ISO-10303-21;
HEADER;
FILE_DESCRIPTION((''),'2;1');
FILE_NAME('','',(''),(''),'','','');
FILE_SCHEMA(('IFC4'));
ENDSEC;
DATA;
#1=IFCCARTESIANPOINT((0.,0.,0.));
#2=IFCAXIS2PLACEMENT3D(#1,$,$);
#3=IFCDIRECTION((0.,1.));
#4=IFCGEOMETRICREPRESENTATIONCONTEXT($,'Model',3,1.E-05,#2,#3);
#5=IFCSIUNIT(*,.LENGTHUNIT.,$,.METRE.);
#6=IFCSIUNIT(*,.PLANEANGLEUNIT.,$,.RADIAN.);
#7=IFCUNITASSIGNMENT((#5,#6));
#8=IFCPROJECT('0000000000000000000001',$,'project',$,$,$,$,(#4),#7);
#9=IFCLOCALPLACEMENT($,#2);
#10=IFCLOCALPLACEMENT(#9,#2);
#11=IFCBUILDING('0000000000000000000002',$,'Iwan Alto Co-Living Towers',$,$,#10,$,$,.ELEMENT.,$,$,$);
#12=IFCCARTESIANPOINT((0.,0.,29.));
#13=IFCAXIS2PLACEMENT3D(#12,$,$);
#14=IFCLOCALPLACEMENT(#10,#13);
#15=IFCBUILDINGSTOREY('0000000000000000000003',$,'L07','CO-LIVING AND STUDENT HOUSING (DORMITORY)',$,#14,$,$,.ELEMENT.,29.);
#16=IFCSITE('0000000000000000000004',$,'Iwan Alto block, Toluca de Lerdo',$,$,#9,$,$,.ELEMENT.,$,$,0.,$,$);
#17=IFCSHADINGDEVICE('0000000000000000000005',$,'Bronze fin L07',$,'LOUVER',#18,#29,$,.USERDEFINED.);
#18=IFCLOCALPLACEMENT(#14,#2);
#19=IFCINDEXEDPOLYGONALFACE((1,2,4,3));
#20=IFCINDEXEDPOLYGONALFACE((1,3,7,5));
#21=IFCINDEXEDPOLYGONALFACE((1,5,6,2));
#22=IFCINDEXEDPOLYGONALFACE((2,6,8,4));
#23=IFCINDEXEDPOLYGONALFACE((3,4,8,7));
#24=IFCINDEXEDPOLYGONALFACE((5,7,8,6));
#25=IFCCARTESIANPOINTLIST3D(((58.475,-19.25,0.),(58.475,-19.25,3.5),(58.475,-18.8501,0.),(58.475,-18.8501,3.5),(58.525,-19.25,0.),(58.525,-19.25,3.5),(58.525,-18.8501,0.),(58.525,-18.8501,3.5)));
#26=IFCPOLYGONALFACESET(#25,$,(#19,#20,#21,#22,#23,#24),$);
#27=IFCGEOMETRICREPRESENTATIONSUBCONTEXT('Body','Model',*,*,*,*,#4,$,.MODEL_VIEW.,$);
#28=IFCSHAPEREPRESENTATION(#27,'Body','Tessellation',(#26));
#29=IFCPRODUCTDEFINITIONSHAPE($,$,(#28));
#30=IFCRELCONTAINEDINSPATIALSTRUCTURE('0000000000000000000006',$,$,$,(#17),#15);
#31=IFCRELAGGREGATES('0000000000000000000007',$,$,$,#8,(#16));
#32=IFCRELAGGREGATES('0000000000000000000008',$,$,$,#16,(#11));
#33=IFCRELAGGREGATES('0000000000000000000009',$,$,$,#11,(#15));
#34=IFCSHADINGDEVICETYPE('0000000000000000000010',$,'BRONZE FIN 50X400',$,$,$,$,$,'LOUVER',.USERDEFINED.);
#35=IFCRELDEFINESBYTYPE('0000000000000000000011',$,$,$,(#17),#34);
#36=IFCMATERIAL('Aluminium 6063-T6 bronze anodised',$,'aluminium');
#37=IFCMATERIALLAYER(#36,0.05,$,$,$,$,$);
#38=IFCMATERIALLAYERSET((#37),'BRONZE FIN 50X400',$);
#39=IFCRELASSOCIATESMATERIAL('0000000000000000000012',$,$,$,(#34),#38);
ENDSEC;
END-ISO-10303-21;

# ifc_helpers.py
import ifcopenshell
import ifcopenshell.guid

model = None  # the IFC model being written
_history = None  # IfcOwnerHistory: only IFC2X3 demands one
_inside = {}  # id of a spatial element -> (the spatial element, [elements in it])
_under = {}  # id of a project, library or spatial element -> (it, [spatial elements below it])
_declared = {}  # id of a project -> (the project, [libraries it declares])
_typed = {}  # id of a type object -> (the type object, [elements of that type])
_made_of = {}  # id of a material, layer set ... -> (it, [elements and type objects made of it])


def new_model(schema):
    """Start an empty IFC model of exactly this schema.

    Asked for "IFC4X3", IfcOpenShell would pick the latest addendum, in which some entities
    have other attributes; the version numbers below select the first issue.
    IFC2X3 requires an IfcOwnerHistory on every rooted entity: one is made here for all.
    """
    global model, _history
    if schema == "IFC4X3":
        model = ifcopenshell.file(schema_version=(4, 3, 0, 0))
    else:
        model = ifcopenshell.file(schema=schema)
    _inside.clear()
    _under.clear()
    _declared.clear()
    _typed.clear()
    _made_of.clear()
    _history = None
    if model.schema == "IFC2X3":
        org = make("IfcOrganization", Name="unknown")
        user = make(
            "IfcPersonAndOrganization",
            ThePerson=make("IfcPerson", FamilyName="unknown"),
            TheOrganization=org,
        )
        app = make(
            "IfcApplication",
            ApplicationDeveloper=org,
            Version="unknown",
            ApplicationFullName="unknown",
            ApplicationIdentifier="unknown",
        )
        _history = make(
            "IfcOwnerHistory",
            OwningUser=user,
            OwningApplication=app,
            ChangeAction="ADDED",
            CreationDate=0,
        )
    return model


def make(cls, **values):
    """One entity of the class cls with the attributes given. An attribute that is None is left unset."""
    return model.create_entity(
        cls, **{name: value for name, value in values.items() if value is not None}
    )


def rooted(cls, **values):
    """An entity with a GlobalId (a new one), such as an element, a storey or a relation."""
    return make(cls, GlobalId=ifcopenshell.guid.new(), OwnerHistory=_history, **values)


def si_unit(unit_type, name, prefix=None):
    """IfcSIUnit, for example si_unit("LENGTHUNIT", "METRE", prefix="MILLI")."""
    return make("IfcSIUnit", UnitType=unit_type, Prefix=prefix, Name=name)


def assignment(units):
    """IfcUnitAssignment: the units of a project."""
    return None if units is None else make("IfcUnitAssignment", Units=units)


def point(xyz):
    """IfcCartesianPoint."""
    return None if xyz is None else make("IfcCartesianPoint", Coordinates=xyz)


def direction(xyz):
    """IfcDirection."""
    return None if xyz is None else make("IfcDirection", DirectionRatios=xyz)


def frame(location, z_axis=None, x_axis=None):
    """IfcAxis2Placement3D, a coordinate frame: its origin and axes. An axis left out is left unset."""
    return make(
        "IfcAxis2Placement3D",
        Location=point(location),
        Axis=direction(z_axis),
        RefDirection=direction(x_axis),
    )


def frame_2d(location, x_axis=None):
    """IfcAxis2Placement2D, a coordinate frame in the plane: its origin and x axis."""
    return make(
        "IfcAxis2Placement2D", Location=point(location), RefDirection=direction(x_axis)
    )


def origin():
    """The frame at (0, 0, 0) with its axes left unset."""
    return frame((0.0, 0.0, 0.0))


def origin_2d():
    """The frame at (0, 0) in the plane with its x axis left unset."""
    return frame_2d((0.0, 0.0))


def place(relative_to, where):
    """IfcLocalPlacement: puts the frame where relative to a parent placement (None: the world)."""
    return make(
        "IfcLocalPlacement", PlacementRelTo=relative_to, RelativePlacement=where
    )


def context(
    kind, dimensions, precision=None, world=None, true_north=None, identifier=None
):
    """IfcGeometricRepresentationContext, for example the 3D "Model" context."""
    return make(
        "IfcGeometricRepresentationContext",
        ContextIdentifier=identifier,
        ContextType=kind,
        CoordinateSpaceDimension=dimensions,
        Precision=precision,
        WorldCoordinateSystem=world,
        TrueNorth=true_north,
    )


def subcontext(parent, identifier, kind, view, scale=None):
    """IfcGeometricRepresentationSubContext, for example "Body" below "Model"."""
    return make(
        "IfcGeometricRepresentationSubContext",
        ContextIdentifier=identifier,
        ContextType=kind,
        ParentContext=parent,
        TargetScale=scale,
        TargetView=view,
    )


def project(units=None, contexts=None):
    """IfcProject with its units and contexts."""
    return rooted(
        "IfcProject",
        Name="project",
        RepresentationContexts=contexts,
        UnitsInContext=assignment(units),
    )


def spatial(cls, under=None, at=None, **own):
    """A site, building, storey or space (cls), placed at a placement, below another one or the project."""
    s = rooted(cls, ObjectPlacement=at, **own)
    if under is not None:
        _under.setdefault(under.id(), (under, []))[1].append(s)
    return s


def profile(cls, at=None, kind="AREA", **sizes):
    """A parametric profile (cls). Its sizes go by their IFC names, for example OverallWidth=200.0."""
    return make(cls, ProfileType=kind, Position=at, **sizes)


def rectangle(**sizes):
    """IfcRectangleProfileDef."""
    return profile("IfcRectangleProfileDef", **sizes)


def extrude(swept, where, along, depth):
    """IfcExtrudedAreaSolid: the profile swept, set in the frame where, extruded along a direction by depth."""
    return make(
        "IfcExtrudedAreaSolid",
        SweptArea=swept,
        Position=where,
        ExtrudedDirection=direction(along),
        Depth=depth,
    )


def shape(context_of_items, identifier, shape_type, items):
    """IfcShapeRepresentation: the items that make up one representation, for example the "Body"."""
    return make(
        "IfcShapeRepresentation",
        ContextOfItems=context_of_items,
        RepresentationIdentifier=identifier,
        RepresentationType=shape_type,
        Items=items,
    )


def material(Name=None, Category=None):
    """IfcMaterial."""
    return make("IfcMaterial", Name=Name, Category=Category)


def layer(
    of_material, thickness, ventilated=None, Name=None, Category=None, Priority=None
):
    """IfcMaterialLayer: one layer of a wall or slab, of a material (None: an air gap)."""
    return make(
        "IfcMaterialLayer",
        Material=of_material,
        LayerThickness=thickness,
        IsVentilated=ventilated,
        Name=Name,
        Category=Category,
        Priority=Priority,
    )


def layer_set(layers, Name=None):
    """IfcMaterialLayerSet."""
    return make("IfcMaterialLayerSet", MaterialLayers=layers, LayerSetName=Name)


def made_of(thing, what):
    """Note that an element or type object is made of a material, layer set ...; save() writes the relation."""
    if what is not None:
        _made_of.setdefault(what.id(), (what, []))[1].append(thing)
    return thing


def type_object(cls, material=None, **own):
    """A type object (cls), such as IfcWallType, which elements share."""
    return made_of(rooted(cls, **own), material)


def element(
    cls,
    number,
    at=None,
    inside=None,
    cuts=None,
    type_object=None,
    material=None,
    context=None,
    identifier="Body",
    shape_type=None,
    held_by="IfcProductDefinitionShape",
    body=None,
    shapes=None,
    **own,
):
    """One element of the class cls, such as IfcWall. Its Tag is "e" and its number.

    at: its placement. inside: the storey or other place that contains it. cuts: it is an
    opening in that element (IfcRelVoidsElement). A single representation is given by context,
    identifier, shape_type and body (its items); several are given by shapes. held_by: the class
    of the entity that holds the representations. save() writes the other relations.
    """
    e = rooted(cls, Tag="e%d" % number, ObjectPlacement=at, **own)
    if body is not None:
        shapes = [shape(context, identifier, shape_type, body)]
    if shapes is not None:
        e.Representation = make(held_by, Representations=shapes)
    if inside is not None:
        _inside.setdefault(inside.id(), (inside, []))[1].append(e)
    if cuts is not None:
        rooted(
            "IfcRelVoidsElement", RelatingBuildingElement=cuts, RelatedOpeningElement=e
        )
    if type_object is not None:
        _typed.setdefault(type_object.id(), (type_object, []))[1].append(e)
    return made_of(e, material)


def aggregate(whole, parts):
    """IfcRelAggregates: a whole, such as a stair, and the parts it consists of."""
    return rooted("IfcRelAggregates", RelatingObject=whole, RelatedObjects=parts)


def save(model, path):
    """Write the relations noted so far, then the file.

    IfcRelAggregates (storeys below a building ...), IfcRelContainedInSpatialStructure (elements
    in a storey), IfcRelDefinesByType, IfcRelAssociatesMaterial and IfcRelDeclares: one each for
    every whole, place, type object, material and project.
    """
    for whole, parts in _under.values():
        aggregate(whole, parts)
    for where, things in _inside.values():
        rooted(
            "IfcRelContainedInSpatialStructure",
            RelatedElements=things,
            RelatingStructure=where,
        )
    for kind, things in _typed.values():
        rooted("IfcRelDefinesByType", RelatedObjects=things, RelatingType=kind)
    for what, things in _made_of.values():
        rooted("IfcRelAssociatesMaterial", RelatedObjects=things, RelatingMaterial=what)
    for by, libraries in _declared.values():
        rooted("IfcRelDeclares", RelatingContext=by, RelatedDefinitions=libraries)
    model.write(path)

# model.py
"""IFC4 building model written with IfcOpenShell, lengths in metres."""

from ifc_helpers import new_model, si_unit, direction, frame, origin, origin_2d, place, context, subcontext, project, spatial, rectangle, extrude, material, layer, layer_set, type_object, element, save


model = new_model("IFC4")

# Units and contexts
model_context = context("Model", 3, precision=1e-05, world=origin(), true_north=direction((0.0, 1.0)))
body_context = subcontext(model_context, "Body", "Model", "MODEL_VIEW")
ifc_project = project(units=[si_unit("LENGTHUNIT", "METRE"), si_unit("PLANEANGLEUNIT", "RADIAN")], contexts=[model_context])

# Site, building, storey
site_placement = place(None, origin())
site = spatial("IfcSite", under=ifc_project, at=site_placement, Name="Iwan Alto block, Toluca de Lerdo", CompositionType="ELEMENT", RefElevation=0.0)
building_placement = place(site_placement, origin())
building = spatial("IfcBuilding", under=site, at=building_placement, Name="Iwan Alto Co-Living Towers", CompositionType="ELEMENT")
storey_placement = place(building_placement, frame((0.0, 0.0, 29.0)))
storey = spatial("IfcBuildingStorey", under=building, at=storey_placement, Name="L07", Description="CO-LIVING AND STUDENT HOUSING (DORMITORY)", CompositionType="ELEMENT", Elevation=29.0)

# Shading device
ifc_material_1 = material(Name="Aluminium 6063-T6 bronze anodised", Category="aluminium")
ifc_layer_1 = layer(ifc_material_1, 0.05)
ifc_layer_set_1 = layer_set([ifc_layer_1], Name="BRONZE FIN 50X400")
shading_device_type = type_object("IfcShadingDeviceType", Name="BRONZE FIN 50X400", ElementType="LOUVER", PredefinedType="USERDEFINED", material=ifc_layer_set_1)
shading_device_placement = place(storey_placement, frame((58.5, -19.05, 0.0), z_axis=(0.0, 0.0, 1.0), x_axis=(1.0, 0.0, 0.0)))
element("IfcShadingDevice", 1, at=shading_device_placement, inside=storey, type_object=shading_device_type, Name="Bronze fin L07", ObjectType="LOUVER", PredefinedType="USERDEFINED", context=body_context, shape_type="SweptSolid", body=[
    extrude(rectangle(XDim=0.05, YDim=0.3999, at=origin_2d()), origin(), (0.0, 0.0, 1.0), 3.5),
])

save(model, "model.ifc")
